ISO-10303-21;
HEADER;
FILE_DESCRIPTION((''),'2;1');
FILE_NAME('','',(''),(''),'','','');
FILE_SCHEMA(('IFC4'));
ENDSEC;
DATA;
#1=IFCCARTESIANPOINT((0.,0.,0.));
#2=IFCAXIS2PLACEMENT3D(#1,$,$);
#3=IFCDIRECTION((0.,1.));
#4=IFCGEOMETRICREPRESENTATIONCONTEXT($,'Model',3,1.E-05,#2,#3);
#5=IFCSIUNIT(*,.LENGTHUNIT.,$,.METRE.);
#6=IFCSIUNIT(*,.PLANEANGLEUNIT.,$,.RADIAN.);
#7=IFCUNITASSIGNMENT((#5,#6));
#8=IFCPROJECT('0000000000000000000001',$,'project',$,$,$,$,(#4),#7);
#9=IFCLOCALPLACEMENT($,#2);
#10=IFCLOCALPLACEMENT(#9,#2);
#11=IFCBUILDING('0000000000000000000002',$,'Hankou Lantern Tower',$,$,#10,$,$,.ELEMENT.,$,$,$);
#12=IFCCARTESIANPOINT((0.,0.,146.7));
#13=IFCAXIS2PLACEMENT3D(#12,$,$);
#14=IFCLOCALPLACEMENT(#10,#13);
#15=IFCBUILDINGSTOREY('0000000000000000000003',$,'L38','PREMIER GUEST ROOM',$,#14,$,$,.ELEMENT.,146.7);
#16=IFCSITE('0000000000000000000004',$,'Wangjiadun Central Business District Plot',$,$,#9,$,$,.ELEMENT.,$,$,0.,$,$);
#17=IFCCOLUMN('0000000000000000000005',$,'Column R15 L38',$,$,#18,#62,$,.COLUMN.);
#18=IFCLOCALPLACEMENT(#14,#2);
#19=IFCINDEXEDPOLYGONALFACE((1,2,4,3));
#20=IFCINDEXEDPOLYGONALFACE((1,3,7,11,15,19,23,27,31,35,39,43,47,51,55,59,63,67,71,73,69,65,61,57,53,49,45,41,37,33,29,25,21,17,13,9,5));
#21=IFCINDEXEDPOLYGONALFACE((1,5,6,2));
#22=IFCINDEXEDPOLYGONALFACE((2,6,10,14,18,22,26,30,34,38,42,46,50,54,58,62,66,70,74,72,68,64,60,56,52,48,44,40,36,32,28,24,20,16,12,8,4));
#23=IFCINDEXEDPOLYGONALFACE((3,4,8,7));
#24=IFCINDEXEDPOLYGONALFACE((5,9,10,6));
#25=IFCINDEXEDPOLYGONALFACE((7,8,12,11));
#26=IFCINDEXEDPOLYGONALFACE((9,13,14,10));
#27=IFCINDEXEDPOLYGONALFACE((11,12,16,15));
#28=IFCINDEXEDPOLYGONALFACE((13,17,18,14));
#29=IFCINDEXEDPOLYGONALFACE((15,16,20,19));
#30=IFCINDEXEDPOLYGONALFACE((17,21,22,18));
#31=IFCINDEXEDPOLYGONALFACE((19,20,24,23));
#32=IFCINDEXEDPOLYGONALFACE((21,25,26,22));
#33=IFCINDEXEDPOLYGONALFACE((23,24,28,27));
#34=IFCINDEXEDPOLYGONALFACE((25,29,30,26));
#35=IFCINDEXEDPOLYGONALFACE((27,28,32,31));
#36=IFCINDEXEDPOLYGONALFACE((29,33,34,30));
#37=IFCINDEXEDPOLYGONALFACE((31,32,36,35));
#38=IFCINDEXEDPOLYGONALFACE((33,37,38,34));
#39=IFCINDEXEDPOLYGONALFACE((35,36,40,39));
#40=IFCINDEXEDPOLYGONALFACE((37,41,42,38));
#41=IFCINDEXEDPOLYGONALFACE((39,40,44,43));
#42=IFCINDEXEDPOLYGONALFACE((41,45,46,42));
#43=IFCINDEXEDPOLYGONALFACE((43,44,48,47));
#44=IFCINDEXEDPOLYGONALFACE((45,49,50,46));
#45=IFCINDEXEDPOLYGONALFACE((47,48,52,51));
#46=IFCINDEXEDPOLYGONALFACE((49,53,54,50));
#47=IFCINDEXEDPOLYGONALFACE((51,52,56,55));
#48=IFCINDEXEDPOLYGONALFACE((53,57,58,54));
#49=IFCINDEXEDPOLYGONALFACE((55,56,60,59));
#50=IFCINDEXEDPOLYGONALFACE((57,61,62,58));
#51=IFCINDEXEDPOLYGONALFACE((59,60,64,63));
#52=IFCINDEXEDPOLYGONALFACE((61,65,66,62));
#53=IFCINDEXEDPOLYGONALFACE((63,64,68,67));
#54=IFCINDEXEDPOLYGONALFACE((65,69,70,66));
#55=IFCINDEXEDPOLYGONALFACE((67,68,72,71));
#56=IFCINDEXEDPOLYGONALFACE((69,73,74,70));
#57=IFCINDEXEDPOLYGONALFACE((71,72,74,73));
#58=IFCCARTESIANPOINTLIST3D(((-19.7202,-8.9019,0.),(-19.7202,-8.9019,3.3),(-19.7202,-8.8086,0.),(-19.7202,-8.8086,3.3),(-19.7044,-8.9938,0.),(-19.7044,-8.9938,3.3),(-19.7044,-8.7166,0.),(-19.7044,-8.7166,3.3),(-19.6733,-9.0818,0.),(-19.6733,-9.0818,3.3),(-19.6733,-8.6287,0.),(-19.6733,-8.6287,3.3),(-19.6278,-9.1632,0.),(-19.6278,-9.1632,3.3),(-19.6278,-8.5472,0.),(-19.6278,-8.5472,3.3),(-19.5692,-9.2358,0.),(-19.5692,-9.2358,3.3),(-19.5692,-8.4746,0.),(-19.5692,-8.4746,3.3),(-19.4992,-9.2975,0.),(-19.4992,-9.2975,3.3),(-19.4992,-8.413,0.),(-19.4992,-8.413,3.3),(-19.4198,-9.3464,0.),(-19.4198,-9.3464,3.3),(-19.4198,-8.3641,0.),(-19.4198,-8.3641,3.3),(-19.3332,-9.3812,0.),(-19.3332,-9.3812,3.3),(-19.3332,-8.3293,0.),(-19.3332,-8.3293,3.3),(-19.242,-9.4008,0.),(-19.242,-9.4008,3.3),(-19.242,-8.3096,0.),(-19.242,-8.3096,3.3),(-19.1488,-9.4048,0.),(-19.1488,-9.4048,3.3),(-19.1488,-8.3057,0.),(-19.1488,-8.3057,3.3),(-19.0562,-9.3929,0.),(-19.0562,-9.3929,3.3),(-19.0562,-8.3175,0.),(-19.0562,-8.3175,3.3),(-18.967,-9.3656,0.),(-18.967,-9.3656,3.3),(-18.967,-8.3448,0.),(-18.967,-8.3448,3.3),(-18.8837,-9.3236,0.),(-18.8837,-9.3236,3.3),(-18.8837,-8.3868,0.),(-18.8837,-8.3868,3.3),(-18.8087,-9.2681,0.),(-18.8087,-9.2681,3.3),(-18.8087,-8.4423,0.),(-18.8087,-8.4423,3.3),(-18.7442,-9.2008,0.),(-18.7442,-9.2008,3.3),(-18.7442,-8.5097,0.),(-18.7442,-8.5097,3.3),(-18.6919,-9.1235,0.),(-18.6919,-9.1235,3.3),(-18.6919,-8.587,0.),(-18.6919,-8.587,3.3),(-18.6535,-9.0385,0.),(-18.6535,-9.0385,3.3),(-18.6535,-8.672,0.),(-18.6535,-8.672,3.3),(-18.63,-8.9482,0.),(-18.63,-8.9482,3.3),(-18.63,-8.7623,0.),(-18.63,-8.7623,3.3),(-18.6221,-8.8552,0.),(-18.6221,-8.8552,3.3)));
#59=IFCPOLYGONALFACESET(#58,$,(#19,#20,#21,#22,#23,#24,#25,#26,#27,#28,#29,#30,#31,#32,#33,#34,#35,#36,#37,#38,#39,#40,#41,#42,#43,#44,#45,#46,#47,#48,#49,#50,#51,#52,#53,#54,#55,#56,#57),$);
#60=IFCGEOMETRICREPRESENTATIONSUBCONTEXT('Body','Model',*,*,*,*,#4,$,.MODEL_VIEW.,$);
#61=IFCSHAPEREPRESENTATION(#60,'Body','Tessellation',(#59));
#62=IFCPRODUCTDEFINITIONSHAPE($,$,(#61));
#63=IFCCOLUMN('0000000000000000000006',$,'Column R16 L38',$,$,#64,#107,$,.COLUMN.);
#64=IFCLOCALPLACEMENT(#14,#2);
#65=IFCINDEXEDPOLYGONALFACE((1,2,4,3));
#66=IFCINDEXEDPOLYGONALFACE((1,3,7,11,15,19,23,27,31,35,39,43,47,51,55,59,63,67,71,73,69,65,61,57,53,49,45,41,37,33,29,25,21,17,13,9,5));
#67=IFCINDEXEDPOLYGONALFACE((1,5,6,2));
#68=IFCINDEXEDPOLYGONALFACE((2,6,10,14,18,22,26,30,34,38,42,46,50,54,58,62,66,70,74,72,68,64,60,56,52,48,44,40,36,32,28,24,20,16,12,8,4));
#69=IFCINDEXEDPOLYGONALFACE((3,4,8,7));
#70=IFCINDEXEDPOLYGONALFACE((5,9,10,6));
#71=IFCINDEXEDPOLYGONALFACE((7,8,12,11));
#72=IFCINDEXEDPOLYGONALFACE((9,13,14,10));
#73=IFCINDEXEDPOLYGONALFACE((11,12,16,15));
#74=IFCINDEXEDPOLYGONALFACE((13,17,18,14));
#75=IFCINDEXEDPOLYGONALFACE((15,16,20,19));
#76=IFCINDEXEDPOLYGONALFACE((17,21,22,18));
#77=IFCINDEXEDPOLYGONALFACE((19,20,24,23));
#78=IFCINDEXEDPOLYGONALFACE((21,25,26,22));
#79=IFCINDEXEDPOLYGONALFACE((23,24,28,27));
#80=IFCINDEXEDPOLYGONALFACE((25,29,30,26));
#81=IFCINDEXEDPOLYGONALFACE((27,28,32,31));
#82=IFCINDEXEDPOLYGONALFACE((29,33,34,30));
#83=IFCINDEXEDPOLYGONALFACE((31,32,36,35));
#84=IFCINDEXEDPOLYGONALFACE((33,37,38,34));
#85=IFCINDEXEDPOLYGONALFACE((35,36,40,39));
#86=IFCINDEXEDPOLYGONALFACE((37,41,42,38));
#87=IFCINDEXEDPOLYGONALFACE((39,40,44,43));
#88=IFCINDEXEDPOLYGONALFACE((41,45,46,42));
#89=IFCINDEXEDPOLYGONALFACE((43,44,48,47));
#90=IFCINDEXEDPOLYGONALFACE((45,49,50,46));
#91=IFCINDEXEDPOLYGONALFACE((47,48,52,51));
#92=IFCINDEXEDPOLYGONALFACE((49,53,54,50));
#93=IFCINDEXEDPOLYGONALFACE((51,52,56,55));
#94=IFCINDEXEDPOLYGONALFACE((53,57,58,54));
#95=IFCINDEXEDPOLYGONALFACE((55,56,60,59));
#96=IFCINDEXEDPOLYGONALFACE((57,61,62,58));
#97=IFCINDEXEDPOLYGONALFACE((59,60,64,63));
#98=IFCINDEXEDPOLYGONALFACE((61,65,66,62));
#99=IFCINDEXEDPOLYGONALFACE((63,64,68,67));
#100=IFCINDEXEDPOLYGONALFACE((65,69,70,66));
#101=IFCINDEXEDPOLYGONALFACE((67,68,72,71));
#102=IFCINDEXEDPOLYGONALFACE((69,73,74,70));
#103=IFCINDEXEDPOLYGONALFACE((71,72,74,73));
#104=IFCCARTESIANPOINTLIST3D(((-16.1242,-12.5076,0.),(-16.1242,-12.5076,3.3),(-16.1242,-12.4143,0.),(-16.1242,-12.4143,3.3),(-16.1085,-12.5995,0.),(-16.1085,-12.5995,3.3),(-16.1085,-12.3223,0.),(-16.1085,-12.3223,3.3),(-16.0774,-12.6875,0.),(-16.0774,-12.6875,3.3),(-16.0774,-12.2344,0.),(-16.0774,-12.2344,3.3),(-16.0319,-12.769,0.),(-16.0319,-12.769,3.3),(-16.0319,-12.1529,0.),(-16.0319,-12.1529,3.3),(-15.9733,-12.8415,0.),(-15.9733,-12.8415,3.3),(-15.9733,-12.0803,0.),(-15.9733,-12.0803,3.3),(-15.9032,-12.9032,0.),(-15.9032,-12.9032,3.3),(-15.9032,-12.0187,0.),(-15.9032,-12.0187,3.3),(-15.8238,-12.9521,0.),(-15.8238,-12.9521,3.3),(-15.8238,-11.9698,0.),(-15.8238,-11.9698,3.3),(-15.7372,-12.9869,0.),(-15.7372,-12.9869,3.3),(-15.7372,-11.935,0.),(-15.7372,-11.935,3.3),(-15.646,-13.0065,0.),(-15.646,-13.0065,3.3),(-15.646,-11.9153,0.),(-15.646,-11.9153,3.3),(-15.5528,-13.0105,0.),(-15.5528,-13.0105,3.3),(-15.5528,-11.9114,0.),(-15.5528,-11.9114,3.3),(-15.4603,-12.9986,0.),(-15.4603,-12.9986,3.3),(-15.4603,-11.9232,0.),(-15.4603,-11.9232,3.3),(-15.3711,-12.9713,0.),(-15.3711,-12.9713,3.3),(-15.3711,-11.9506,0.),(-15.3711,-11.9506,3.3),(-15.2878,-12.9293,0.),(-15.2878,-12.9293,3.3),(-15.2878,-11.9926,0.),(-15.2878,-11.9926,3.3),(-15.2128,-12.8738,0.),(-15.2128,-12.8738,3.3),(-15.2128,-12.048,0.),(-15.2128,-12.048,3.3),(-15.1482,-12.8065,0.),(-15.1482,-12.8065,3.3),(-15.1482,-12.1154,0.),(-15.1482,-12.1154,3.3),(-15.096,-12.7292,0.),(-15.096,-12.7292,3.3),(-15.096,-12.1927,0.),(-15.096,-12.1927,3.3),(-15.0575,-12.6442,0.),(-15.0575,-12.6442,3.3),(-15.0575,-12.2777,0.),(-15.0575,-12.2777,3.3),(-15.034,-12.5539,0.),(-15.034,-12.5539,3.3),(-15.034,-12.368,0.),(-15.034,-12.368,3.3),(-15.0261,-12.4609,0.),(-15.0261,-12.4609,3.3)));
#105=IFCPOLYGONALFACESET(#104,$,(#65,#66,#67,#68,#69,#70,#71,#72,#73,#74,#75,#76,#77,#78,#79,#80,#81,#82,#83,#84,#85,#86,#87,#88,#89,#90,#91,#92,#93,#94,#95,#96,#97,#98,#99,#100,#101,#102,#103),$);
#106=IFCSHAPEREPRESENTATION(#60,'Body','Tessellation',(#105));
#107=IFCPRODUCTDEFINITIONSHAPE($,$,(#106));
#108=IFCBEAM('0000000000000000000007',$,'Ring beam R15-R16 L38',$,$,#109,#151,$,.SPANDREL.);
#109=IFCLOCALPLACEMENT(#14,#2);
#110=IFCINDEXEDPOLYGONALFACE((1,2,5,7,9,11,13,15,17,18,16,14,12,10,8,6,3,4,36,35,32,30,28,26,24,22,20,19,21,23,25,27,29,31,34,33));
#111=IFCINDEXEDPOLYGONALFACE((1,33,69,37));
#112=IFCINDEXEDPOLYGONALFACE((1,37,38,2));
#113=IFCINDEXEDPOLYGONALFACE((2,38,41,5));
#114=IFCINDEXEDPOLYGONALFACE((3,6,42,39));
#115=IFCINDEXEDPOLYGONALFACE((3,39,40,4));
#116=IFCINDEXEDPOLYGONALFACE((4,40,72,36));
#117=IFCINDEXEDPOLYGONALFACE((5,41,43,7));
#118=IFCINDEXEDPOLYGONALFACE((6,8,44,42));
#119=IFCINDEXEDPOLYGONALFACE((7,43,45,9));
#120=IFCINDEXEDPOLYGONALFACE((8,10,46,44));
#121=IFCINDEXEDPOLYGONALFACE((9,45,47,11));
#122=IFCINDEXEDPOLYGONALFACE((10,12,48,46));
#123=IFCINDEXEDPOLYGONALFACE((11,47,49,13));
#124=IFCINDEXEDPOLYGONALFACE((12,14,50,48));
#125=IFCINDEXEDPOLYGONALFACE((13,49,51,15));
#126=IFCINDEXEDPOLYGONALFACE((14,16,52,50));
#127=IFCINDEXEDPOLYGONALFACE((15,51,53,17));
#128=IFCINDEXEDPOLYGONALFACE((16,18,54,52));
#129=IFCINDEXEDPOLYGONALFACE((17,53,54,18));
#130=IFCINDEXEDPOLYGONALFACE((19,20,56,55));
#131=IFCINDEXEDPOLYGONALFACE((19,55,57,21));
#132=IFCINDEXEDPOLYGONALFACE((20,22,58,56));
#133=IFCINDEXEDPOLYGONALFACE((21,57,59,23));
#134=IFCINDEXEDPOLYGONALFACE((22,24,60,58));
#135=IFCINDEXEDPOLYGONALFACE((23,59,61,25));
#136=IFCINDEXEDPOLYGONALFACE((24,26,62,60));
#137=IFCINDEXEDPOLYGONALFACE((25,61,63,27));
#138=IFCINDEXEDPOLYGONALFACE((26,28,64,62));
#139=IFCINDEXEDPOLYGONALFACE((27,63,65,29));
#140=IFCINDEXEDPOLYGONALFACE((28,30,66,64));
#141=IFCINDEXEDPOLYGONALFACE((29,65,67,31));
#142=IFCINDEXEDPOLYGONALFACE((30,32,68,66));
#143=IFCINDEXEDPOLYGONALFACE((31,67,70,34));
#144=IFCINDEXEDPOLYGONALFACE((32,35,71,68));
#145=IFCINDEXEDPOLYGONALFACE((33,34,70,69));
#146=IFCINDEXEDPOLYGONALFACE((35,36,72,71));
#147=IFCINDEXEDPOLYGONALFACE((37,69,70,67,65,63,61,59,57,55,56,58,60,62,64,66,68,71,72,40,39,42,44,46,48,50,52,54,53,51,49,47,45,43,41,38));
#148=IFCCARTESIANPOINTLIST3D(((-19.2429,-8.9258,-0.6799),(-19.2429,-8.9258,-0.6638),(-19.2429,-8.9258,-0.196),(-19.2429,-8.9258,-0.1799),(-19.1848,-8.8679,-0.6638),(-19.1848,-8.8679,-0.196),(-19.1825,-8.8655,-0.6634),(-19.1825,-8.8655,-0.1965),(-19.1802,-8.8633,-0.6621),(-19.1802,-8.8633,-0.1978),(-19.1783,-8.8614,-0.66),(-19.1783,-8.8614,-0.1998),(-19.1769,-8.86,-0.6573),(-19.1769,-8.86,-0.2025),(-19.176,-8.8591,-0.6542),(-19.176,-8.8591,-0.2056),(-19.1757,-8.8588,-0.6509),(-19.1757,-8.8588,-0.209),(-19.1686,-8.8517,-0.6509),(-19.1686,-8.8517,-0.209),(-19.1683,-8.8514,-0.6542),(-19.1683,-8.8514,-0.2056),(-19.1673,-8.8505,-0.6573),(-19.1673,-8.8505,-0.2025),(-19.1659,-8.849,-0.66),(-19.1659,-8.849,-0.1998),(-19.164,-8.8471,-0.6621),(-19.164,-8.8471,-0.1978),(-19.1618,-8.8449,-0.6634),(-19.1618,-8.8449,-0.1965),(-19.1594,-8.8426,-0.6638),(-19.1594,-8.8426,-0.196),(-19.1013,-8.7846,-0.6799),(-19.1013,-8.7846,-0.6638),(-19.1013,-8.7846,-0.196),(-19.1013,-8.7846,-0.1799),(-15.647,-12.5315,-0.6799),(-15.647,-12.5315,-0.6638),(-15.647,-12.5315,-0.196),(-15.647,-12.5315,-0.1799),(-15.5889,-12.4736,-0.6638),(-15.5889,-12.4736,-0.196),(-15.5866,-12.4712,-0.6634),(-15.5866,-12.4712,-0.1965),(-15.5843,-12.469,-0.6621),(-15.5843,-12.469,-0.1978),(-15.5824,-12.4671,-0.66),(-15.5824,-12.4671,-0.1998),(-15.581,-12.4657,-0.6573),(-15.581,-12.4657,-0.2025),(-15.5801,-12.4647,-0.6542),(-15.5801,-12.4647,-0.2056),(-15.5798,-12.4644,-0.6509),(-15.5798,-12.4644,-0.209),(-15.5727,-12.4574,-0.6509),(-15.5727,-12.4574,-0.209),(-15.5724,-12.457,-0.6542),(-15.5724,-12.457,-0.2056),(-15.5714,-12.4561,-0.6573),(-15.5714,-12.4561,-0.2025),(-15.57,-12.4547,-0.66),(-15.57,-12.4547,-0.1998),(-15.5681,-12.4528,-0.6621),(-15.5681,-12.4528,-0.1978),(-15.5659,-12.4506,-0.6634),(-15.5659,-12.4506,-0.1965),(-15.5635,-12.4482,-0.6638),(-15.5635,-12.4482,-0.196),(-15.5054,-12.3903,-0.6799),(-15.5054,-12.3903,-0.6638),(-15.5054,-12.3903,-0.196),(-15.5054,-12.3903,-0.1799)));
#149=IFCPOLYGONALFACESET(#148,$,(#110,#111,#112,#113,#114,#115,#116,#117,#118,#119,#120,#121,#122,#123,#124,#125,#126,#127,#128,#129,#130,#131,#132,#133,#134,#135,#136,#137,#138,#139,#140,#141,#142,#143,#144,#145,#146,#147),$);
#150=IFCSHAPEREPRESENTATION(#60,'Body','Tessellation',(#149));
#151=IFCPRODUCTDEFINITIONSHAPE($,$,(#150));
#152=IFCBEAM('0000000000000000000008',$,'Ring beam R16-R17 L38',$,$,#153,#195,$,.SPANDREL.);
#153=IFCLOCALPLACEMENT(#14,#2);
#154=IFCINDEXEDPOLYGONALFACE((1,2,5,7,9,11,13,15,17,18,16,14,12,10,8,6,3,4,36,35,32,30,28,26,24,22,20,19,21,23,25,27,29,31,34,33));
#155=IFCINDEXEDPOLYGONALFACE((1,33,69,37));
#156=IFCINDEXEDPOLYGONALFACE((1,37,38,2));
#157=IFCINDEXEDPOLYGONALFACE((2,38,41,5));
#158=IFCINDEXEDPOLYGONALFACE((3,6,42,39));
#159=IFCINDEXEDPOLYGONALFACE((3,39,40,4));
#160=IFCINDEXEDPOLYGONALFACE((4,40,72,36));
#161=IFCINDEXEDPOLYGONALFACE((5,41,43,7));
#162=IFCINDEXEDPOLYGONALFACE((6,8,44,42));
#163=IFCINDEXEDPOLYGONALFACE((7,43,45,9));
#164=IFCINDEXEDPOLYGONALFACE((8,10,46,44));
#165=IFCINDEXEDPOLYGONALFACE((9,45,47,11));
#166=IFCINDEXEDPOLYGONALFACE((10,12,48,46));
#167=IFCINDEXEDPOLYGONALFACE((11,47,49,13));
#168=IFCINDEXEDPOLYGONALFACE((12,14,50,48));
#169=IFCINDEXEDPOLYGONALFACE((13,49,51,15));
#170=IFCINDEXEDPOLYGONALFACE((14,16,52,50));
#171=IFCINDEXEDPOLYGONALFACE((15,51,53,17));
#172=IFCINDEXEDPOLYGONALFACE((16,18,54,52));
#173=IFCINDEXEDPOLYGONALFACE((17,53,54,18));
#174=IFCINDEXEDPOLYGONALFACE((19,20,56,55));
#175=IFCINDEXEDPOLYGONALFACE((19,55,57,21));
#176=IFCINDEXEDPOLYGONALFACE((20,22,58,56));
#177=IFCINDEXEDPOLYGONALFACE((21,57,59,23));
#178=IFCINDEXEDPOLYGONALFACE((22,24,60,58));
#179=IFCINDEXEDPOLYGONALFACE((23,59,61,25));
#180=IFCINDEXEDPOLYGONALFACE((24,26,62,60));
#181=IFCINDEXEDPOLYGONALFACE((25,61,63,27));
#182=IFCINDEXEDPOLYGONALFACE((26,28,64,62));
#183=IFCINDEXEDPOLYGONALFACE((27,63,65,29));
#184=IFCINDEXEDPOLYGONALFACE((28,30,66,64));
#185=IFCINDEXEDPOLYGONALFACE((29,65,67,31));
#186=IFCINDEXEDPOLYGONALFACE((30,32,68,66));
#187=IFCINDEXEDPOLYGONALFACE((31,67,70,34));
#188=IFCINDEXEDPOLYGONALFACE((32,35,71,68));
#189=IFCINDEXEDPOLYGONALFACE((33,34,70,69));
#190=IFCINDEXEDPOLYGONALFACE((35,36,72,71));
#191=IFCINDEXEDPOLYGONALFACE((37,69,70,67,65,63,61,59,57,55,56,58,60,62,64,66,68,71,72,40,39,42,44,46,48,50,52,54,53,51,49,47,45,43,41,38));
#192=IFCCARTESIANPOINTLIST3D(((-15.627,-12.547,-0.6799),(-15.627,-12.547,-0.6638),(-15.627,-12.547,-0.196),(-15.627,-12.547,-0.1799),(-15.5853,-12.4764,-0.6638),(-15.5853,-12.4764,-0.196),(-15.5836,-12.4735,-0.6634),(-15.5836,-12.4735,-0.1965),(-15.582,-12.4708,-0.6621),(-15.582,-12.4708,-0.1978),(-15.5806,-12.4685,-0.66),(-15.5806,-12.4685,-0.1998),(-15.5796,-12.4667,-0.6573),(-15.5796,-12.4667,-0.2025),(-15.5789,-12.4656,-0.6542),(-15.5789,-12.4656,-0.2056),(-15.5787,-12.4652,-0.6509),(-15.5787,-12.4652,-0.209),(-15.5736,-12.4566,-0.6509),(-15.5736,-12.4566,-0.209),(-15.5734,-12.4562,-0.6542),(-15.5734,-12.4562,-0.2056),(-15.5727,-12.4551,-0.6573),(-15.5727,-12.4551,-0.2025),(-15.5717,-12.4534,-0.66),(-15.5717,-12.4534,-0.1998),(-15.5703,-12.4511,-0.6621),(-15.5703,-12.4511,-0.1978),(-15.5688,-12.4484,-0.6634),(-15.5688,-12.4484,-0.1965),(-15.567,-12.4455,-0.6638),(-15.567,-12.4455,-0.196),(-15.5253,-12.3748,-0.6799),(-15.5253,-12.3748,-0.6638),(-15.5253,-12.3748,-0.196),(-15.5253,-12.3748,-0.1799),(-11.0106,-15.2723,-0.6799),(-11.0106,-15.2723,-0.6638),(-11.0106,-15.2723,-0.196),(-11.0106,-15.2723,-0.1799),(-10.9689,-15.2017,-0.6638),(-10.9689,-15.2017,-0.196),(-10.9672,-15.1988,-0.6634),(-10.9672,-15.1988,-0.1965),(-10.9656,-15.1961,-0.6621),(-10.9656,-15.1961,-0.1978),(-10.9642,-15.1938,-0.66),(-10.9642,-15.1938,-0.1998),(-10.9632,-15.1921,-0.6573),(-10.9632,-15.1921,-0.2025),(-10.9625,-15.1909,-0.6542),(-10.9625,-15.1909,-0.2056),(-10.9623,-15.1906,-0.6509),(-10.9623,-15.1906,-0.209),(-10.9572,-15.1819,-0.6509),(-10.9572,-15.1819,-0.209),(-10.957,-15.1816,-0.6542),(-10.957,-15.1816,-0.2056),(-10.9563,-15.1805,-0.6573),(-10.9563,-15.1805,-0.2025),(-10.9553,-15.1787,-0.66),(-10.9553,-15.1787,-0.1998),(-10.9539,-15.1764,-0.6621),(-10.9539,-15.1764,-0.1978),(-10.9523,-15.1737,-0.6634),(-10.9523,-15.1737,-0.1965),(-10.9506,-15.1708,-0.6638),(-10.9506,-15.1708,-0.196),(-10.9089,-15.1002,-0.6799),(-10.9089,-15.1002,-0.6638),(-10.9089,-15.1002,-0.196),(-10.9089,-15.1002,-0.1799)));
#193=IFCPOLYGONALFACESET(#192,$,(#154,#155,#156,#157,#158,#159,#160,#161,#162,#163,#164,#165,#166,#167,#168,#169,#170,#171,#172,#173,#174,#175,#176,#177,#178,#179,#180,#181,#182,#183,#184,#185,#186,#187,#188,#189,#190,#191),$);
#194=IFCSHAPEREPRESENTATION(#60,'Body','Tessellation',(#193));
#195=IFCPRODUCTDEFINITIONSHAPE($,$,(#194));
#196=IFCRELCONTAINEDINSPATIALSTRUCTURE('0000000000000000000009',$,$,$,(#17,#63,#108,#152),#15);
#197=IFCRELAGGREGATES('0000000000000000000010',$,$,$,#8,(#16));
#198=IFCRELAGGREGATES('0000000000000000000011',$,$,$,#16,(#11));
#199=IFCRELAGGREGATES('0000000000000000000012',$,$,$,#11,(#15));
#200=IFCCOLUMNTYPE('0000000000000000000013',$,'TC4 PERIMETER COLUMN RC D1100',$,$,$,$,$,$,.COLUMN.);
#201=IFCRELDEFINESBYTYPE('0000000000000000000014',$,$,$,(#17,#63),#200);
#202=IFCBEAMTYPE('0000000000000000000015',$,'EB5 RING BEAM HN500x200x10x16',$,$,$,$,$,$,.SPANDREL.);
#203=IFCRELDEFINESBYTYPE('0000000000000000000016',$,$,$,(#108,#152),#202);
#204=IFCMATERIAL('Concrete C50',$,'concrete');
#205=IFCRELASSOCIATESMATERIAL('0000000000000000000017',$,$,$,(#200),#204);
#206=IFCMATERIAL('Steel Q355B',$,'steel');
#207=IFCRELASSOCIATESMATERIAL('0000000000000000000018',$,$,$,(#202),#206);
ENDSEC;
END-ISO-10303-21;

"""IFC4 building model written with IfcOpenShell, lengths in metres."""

from ifc_helpers import new_model, si_unit, direction, frame, origin, origin_2d, place, context, subcontext, project, spatial, circle, i_section, extrude, material, material_profile, profile_set, type_object, element, save


model = new_model("IFC4")

# Units and contexts
model_context = context("Model", 3, precision=1e-05, world=origin(), true_north=direction((0.0, 1.0)))
body_context = subcontext(model_context, "Body", "Model", "MODEL_VIEW")
ifc_project = project(units=[si_unit("LENGTHUNIT", "METRE"), si_unit("PLANEANGLEUNIT", "RADIAN")], contexts=[model_context])

# Site, building, storey
site_placement = place(None, origin())
site = spatial("IfcSite", under=ifc_project, at=site_placement, Name="Wangjiadun Central Business District Plot", CompositionType="ELEMENT", RefElevation=0.0)
building_placement = place(site_placement, origin())
building = spatial("IfcBuilding", under=site, at=building_placement, Name="Hankou Lantern Tower", CompositionType="ELEMENT")
storey_placement = place(building_placement, frame((0.0, 0.0, 146.7)))
storey = spatial("IfcBuildingStorey", under=building, at=storey_placement, Name="L38", Description="PREMIER GUEST ROOM", CompositionType="ELEMENT", Elevation=146.7)

# Columns
ifc_material_1 = material(Name="Concrete C50", Category="concrete")
ifc_material_profile_1 = material_profile(ifc_material_1, circle(Radius=0.55, at=origin_2d()), Name="RC D1100")
ifc_profile_set_1 = profile_set([ifc_material_profile_1], Name="Concrete C50")
column_type = type_object("IfcColumnType", Name="TC4 PERIMETER COLUMN RC D1100", PredefinedType="COLUMN", material=ifc_profile_set_1)
for number, where, z_axis, x_axis, name in (
    (1, (-19.1721, -8.8552, 0.0), (0.0, 0.0, 1.0), (1.0, 0.0, 0.0), "Column R15 L38"),
    (2, (-15.5762, -12.4609, 0.0), (0.0, 0.0, 1.0), (1.0, 0.0, 0.0), "Column R16 L38"),
):
    element("IfcColumn", number, at=place(storey_placement, frame(where, z_axis=z_axis, x_axis=x_axis)), inside=storey, type_object=column_type, Name=name, PredefinedType="COLUMN", context=body_context, shape_type="SweptSolid", body=[
        extrude(circle(Radius=0.55, at=origin_2d()), origin(), (0.0, 0.0, 1.0), 3.3),
    ])

# Beams
ifc_material_2 = material(Name="Steel Q355B", Category="steel")
ifc_material_profile_2 = material_profile(ifc_material_2, i_section(OverallWidth=0.2, OverallDepth=0.5, WebThickness=0.01, FlangeThickness=0.0161, FilletRadius=0.0129, at=origin_2d()), Name="HN500x200x10x16")
ifc_profile_set_2 = profile_set([ifc_material_profile_2], Name="Steel Q355B")
beam_type_1 = type_object("IfcBeamType", Name="EB5 RING BEAM HN500x200x10x16", PredefinedType="SPANDREL", material=ifc_profile_set_2)
beam_1_placement = place(storey_placement, frame((-19.1721, -8.8552, -0.4299), z_axis=(0.706147, -0.708065, 0.0), x_axis=(0.708065, 0.706147, 0.0)))
element("IfcBeam", 3, at=beam_1_placement, inside=storey, type_object=beam_type_1, Name="Ring beam R15-R16 L38", PredefinedType="SPANDREL", context=body_context, shape_type="SweptSolid", body=[
    extrude(i_section(OverallWidth=0.2, OverallDepth=0.5, WebThickness=0.01, FlangeThickness=0.0161, FilletRadius=0.0129, at=origin_2d()), origin(), (0.0, 0.0, 1.0), 5.0923),
])
beam_2_placement = place(storey_placement, frame((-15.5762, -12.4609, -0.4299), z_axis=(0.861136, -0.508375, 0.0), x_axis=(0.508375, 0.861136, 0.0)))
element("IfcBeam", 4, at=beam_2_placement, inside=storey, type_object=beam_type_1, Name="Ring beam R16-R17 L38", PredefinedType="SPANDREL", context=body_context, shape_type="SweptSolid", body=[
    extrude(i_section(OverallWidth=0.2, OverallDepth=0.5, WebThickness=0.01, FlangeThickness=0.0161, FilletRadius=0.0129, at=origin_2d()), origin(), (0.0, 0.0, 1.0), 5.3608),
])

save(model, "model.ifc")
